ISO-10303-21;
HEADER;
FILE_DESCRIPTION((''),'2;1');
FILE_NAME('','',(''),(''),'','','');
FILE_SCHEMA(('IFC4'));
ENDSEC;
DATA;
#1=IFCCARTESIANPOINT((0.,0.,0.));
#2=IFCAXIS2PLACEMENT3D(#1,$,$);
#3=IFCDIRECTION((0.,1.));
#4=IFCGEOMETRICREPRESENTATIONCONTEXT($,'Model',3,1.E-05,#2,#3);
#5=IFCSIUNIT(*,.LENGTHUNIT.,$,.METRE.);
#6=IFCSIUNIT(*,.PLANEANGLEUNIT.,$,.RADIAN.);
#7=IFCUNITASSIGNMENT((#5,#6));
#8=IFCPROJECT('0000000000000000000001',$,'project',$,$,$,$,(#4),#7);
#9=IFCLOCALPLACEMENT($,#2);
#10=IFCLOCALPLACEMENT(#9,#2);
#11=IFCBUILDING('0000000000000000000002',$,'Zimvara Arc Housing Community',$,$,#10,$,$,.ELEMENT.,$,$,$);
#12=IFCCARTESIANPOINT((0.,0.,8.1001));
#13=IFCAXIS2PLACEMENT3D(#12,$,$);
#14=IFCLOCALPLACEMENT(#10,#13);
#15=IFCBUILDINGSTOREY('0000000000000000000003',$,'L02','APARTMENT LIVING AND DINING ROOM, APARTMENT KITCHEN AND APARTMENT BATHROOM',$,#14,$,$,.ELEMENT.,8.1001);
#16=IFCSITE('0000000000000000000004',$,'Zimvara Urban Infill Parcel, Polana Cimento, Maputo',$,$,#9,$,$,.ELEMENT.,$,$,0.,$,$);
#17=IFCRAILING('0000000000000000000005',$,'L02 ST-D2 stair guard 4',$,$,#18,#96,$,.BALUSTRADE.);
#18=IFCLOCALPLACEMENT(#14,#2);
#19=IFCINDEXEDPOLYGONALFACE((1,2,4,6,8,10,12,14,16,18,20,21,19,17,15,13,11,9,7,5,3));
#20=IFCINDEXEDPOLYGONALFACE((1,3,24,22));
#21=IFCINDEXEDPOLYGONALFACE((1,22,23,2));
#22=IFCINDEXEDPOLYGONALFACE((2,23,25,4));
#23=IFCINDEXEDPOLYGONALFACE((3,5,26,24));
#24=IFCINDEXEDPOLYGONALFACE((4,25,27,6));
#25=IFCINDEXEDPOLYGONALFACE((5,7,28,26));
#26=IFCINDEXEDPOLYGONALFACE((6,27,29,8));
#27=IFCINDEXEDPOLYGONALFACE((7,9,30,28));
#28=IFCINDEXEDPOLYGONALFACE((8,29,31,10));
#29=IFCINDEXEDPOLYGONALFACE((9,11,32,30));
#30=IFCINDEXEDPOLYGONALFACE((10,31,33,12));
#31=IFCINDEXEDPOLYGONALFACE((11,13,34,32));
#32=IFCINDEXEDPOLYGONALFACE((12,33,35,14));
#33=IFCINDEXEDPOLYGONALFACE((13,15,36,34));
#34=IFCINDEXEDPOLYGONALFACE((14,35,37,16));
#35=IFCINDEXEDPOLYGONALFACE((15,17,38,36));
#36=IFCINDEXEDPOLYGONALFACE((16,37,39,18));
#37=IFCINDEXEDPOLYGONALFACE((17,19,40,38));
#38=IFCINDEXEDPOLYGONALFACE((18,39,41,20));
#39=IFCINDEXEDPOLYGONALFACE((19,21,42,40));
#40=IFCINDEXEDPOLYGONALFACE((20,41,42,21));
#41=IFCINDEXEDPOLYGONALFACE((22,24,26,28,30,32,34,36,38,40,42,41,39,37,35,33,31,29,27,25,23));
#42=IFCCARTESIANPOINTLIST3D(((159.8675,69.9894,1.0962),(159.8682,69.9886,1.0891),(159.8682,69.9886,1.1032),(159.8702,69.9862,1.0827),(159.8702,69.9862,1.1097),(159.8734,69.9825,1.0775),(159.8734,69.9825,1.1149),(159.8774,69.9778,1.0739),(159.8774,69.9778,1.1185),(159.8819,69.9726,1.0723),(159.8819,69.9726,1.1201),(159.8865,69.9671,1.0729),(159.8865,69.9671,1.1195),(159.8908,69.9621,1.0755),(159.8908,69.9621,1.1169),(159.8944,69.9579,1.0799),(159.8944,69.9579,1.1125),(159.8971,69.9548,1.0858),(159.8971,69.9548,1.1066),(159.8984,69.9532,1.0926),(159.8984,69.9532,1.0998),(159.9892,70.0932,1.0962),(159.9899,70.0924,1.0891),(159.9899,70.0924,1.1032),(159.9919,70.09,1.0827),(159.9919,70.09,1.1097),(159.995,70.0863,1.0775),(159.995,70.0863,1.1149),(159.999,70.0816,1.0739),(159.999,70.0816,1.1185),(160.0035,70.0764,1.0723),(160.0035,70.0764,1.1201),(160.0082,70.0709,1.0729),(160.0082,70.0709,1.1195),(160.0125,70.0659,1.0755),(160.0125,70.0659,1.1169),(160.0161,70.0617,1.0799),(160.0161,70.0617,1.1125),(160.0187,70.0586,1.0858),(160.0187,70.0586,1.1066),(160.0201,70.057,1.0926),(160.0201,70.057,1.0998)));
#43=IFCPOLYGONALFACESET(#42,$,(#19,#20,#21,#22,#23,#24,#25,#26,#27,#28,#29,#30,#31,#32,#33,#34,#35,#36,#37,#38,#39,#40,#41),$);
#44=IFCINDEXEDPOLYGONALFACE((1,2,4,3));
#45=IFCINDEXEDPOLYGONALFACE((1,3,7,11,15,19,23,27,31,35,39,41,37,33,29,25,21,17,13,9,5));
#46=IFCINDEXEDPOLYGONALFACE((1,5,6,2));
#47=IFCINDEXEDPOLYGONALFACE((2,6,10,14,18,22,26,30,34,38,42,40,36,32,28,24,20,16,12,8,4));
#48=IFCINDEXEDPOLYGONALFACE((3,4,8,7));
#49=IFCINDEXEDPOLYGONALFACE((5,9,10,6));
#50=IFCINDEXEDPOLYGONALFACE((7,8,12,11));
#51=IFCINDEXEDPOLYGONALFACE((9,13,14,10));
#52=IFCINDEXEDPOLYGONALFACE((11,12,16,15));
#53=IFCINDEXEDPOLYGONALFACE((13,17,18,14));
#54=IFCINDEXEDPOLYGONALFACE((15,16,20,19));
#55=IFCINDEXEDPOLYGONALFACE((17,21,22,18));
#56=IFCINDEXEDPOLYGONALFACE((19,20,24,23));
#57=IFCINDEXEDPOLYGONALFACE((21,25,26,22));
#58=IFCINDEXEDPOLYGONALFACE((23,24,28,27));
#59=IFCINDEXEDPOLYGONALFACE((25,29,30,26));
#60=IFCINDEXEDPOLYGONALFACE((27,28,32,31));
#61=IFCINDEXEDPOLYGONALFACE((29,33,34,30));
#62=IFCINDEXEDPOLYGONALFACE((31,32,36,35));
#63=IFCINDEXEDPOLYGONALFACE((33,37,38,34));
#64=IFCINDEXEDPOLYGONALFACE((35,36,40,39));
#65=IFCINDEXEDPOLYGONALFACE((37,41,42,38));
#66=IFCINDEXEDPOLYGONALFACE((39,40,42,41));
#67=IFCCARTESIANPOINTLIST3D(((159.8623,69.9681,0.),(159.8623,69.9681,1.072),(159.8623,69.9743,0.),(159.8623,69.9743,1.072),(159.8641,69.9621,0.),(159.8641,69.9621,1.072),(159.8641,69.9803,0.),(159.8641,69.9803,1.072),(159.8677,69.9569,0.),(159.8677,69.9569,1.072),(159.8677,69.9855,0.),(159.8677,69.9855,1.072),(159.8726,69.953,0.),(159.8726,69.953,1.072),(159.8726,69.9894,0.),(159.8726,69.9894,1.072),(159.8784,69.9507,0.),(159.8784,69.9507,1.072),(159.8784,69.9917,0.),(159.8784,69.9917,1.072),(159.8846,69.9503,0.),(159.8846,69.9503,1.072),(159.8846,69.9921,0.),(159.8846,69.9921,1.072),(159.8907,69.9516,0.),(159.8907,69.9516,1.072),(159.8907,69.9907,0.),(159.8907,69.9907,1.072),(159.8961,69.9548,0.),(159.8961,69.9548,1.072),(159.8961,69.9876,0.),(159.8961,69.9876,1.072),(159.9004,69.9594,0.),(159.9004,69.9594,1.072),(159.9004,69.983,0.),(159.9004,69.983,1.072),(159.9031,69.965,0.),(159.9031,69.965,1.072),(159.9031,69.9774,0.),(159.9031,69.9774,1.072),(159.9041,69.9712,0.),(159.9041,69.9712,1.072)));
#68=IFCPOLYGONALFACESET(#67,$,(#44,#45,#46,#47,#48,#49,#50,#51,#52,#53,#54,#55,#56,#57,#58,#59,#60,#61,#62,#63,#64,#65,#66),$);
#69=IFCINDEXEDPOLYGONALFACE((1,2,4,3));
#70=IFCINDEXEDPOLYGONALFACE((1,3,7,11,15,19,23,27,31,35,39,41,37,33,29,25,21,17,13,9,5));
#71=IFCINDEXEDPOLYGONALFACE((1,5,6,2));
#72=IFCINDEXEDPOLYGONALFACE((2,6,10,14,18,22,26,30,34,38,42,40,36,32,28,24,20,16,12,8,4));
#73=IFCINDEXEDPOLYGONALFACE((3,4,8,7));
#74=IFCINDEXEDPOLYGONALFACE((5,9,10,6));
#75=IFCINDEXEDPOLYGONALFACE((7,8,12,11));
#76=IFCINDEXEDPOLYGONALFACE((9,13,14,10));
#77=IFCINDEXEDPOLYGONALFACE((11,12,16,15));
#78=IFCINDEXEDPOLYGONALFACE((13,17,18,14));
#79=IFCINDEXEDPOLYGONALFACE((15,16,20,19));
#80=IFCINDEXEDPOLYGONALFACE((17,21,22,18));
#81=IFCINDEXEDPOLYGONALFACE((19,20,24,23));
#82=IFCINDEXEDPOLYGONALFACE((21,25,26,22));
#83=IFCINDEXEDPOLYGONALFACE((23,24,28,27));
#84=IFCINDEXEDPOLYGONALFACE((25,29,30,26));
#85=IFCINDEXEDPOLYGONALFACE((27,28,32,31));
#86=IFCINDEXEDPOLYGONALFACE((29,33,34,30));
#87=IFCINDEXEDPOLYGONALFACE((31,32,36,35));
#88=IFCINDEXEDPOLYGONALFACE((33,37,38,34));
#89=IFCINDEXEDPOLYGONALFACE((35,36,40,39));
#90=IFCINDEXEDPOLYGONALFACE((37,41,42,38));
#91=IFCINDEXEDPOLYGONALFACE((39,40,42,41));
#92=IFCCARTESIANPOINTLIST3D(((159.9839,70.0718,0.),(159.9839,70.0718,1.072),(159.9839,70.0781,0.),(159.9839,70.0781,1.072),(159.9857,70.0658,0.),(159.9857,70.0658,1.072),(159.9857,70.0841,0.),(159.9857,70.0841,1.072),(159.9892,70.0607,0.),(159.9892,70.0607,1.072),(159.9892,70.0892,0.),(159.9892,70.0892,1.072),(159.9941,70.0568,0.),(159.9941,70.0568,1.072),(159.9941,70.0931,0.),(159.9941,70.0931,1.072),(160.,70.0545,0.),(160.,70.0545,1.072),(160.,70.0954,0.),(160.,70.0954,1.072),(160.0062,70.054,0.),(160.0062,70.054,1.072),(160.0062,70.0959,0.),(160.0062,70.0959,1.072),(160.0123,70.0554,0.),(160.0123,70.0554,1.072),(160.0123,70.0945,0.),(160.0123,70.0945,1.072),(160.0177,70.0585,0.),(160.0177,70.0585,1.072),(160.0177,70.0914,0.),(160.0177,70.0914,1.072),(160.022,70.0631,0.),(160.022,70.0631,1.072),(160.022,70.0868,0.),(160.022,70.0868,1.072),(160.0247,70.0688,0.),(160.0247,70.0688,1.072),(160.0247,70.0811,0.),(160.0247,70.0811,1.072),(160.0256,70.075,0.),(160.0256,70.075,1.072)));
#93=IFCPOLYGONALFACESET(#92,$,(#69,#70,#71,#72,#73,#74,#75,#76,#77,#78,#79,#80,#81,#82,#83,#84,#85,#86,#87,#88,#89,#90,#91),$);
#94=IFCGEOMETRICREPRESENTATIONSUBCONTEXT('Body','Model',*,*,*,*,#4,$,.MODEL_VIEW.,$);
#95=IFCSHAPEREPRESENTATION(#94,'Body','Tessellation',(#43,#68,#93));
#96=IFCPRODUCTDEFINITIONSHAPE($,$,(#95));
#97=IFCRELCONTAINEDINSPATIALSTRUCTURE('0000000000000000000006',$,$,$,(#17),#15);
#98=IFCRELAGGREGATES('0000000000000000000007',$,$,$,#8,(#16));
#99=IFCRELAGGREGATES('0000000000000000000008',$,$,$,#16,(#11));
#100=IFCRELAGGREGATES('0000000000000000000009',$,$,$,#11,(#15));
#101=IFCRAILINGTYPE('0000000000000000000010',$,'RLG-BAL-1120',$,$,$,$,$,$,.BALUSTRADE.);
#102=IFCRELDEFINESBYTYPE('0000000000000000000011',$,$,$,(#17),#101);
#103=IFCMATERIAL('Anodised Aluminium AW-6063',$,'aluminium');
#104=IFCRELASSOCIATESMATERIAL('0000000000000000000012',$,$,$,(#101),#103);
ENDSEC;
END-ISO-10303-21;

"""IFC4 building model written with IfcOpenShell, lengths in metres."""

from ifc_helpers import new_model, si_unit, direction, frame, origin, origin_2d, place, context, subcontext, project, spatial, circle, extrude, material, type_object, element, save


model = new_model("IFC4")

# Units and contexts
model_context = context("Model", 3, precision=1e-05, world=origin(), true_north=direction((0.0, 1.0)))
body_context = subcontext(model_context, "Body", "Model", "MODEL_VIEW")
ifc_project = project(units=[si_unit("LENGTHUNIT", "METRE"), si_unit("PLANEANGLEUNIT", "RADIAN")], contexts=[model_context])

# Site, building, storey
site_placement = place(None, origin())
site = spatial("IfcSite", under=ifc_project, at=site_placement, Name="Zimvara Urban Infill Parcel, Polana Cimento, Maputo", CompositionType="ELEMENT", RefElevation=0.0)
building_placement = place(site_placement, origin())
building = spatial("IfcBuilding", under=site, at=building_placement, Name="Zimvara Arc Housing Community", CompositionType="ELEMENT")
storey_placement = place(building_placement, frame((0.0, 0.0, 8.1001)))
storey = spatial("IfcBuildingStorey", under=building, at=storey_placement, Name="L02", Description="APARTMENT LIVING AND DINING ROOM, APARTMENT KITCHEN AND APARTMENT BATHROOM", CompositionType="ELEMENT", Elevation=8.1001)

# Railing
ifc_material_1 = material(Name="Anodised Aluminium AW-6063", Category="aluminium")
railing_type_1 = type_object("IfcRailingType", Name="RLG-BAL-1120", PredefinedType="BALUSTRADE", material=ifc_material_1)
railing_1_placement = place(storey_placement, frame((159.8831, 69.9712, 0.0)))
element("IfcRailing", 1, at=railing_1_placement, inside=storey, type_object=railing_type_1, Name="L02 ST-D2 stair guard 4", PredefinedType="BALUSTRADE", context=body_context, shape_type="SweptSolid", body=[
    extrude(circle(Radius=0.0239, at=origin_2d()), frame((0.0, 0.0, 1.0962), z_axis=(0.760656, 0.649155, 0.0), x_axis=(-0.649155, 0.760656, 0.0)), (0.0, 0.0, 1.0), 0.1599),
    extrude(circle(Radius=0.021, at=origin_2d()), origin(), (0.0, 0.0, 1.0), 1.072),
    extrude(circle(Radius=0.021, at=origin_2d()), frame((0.1216, 0.1038, 0.0)), (0.0, 0.0, 1.0), 1.072),
])

save(model, "model.ifc")
